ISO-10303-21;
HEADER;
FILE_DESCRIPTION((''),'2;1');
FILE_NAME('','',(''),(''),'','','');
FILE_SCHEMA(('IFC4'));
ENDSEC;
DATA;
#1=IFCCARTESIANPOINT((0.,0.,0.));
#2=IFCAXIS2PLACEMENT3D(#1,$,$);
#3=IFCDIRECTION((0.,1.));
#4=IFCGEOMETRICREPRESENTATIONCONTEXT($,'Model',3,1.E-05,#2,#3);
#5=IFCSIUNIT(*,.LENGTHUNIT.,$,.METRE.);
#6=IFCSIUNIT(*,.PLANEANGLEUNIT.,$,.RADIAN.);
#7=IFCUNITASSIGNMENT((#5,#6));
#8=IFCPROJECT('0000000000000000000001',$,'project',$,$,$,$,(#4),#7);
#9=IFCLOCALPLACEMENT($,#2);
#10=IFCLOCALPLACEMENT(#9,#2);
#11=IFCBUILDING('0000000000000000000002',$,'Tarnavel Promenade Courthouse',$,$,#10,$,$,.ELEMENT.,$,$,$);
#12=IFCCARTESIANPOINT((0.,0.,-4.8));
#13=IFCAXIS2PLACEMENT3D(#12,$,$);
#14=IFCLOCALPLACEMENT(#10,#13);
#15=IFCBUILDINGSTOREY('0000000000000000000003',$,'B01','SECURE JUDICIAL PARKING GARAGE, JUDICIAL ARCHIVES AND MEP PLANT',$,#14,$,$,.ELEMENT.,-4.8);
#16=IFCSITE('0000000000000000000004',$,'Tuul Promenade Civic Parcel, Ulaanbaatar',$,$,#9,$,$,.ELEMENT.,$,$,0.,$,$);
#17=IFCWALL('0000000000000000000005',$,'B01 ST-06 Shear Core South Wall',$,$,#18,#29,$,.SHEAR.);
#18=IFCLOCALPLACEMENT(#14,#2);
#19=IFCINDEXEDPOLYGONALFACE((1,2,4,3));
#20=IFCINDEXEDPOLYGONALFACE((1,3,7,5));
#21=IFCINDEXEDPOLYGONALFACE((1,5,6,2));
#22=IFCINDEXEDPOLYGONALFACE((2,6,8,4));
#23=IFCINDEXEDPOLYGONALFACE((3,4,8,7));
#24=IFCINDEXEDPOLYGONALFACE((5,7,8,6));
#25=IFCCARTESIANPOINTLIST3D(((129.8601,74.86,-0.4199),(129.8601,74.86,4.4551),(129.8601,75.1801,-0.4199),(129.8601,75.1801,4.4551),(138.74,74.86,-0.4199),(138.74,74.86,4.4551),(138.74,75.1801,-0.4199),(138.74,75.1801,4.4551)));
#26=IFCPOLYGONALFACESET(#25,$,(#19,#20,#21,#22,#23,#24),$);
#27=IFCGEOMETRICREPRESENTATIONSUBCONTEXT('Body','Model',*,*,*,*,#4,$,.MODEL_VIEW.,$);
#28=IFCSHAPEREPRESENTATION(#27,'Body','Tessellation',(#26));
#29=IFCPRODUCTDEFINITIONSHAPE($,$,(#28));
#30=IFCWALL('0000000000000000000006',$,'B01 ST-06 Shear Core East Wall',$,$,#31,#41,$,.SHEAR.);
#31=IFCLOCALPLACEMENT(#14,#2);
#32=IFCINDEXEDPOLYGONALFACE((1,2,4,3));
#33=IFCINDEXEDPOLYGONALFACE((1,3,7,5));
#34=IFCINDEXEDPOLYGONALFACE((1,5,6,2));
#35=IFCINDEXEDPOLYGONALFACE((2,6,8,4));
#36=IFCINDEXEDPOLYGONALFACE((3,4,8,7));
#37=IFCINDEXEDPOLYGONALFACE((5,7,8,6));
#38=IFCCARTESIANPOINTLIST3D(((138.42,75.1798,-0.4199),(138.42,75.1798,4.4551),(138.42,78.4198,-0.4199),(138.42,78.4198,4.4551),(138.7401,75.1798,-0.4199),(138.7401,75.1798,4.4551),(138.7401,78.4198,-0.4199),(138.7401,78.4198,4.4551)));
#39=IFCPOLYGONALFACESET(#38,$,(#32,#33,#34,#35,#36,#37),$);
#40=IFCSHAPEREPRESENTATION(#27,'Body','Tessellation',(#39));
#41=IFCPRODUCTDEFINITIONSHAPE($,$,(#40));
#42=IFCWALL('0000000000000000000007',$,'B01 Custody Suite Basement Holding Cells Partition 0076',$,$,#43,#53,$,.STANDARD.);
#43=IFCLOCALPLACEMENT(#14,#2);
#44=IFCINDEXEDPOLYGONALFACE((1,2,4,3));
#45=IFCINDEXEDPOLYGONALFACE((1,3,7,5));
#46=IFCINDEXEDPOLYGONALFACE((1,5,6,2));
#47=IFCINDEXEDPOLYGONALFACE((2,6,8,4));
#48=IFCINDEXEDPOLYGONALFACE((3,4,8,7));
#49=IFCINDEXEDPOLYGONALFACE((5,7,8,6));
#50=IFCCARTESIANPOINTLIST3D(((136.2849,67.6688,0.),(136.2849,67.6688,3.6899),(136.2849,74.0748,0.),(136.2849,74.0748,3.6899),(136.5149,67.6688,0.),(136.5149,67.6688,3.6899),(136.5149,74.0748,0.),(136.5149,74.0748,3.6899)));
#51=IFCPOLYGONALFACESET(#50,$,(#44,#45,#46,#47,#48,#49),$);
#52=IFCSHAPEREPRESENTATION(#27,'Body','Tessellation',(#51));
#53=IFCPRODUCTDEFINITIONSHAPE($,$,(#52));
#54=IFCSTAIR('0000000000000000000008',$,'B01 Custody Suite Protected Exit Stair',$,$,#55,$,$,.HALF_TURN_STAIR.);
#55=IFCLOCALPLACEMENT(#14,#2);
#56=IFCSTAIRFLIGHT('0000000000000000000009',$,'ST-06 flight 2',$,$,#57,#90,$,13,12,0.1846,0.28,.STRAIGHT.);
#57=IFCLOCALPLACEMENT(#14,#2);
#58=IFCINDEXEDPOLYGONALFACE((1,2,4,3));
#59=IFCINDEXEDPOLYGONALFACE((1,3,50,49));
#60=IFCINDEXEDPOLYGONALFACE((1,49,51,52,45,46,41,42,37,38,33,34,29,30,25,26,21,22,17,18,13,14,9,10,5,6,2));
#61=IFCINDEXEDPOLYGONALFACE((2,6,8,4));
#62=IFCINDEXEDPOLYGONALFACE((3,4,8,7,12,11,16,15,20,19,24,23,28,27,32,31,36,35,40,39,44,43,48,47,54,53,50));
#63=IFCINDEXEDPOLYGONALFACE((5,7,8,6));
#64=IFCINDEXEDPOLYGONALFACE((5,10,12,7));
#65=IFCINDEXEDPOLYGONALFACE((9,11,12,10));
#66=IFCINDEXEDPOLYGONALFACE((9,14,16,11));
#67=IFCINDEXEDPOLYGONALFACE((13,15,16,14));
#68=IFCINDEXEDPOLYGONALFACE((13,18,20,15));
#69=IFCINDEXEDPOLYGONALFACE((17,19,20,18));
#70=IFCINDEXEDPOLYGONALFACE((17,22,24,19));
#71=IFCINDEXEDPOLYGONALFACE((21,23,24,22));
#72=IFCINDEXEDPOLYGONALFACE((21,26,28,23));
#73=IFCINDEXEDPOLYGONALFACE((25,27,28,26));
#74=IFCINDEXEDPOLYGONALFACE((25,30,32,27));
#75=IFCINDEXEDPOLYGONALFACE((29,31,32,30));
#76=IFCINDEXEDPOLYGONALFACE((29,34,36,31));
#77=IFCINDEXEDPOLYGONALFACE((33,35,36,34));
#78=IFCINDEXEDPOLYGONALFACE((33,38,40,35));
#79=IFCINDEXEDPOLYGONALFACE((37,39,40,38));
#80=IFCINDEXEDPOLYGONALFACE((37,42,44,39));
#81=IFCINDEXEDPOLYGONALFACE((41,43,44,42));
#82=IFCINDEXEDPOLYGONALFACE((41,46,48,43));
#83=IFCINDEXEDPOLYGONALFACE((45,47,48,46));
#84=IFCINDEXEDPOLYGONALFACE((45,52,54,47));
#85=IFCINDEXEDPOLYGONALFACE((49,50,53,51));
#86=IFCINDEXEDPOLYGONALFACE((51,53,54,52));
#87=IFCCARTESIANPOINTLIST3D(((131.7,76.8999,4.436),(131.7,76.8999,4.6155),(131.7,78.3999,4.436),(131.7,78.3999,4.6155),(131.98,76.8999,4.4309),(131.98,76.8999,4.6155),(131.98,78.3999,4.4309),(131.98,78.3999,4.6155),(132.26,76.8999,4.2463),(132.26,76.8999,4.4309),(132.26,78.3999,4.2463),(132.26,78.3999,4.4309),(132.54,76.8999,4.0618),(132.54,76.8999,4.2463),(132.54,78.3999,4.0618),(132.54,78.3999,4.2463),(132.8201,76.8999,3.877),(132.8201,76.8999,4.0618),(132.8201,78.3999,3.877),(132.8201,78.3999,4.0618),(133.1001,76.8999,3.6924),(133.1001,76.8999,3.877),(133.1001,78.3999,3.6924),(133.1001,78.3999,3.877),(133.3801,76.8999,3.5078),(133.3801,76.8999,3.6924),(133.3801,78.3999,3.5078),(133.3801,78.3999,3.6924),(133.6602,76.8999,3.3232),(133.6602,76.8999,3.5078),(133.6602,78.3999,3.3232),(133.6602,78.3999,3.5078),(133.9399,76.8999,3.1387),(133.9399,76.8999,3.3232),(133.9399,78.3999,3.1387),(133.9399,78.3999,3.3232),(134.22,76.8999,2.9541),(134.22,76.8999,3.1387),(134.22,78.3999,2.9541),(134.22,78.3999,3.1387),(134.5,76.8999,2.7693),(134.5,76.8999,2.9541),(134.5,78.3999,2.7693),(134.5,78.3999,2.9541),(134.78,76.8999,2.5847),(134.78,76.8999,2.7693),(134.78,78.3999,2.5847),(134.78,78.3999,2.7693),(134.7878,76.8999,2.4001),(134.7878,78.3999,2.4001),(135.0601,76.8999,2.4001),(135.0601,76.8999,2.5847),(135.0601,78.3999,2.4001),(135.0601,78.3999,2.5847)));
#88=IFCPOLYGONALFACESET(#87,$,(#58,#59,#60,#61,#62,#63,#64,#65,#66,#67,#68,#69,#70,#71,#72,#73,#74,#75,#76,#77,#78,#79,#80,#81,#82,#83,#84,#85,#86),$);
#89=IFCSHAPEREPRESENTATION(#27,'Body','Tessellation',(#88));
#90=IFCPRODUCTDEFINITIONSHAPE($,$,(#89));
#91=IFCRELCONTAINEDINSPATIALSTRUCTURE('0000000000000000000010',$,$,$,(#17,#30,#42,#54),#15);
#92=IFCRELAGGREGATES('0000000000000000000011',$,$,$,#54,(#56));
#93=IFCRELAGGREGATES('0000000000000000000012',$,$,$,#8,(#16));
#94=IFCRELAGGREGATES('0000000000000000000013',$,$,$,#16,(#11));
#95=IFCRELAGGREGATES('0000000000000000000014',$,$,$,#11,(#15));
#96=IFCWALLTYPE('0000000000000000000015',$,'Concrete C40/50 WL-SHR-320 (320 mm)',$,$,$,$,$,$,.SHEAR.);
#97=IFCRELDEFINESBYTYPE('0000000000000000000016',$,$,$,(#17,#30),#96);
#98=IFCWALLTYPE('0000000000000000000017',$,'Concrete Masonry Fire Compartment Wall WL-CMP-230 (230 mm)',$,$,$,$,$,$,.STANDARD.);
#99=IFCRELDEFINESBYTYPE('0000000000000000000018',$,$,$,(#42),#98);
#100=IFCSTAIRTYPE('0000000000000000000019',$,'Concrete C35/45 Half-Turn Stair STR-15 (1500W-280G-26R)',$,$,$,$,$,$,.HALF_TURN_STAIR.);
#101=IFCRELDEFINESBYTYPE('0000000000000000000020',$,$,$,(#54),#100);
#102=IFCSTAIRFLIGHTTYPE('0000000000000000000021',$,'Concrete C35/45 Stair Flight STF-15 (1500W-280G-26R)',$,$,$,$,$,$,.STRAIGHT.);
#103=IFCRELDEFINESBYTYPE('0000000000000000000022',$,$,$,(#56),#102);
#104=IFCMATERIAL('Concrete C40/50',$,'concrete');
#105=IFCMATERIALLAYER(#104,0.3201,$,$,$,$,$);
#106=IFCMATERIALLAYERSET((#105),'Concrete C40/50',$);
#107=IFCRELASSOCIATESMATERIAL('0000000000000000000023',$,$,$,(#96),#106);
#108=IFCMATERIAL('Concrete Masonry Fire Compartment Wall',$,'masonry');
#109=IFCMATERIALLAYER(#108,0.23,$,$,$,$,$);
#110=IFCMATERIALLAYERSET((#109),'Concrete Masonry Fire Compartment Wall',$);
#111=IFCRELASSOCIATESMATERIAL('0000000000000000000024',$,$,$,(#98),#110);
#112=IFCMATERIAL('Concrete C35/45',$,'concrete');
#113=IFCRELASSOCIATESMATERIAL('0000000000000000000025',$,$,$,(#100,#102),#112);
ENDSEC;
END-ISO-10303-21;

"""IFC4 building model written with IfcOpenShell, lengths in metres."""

from ifc_helpers import new_model, si_unit, direction, frame, frame_2d, origin, place, context, subcontext, project, spatial, polyline, rectangle, outline, extrude, material, layer, layer_set, type_object, element, aggregate, save


model = new_model("IFC4")

# Units and contexts
model_context = context("Model", 3, precision=1e-05, world=origin(), true_north=direction((0.0, 1.0)))
body_context = subcontext(model_context, "Body", "Model", "MODEL_VIEW")
ifc_project = project(units=[si_unit("LENGTHUNIT", "METRE"), si_unit("PLANEANGLEUNIT", "RADIAN")], contexts=[model_context])

# Site, building, storey
site_placement = place(None, origin())
site = spatial("IfcSite", under=ifc_project, at=site_placement, Name="Tuul Promenade Civic Parcel, Ulaanbaatar", CompositionType="ELEMENT", RefElevation=0.0)
building_placement = place(site_placement, origin())
building = spatial("IfcBuilding", under=site, at=building_placement, Name="Tarnavel Promenade Courthouse", CompositionType="ELEMENT")
storey_placement = place(building_placement, frame((0.0, 0.0, -4.8)))
storey = spatial("IfcBuildingStorey", under=building, at=storey_placement, Name="B01", Description="SECURE JUDICIAL PARKING GARAGE, JUDICIAL ARCHIVES AND MEP PLANT", CompositionType="ELEMENT", Elevation=-4.8)

# Shared definitions
ifc_material_1 = material(Name="Concrete C35/45", Category="concrete")

# Shared definitions
ifc_material_2 = material(Name="Concrete C40/50", Category="concrete")

# Walls
ifc_layer_1 = layer(ifc_material_2, 0.3201)
ifc_layer_set_1 = layer_set([ifc_layer_1], Name="Concrete C40/50")
wall_type_1 = type_object("IfcWallType", Name="Concrete C40/50 WL-SHR-320 (320 mm)", PredefinedType="SHEAR", material=ifc_layer_set_1)
wall_1_placement = place(storey_placement, frame((138.74, 75.02, -0.4199), z_axis=(0.0, 0.0, 1.0), x_axis=(-1.0, 0.0, 0.0)))
element("IfcWall", 1, at=wall_1_placement, inside=storey, type_object=wall_type_1, Name="B01 ST-06 Shear Core South Wall", PredefinedType="SHEAR", context=body_context, shape_type="SweptSolid", body=[
    extrude(rectangle(XDim=8.8799, YDim=0.3201, at=frame_2d((4.4399, 0.0))), origin(), (0.0, 0.0, 1.0), 4.875),
])
wall_2_placement = place(storey_placement, frame((138.5801, 78.4199, -0.4199), z_axis=(0.0, 0.0, 1.0), x_axis=(0.0, -1.0, 0.0)))
element("IfcWall", 2, at=wall_2_placement, inside=storey, type_object=wall_type_1, Name="B01 ST-06 Shear Core East Wall", PredefinedType="SHEAR", context=body_context, shape_type="SweptSolid", body=[
    extrude(rectangle(XDim=3.24, YDim=0.3201, at=frame_2d((1.6201, 0.0))), origin(), (0.0, 0.0, 1.0), 4.875),
])
ifc_material_3 = material(Name="Concrete Masonry Fire Compartment Wall", Category="masonry")
ifc_layer_2 = layer(ifc_material_3, 0.23)
ifc_layer_set_2 = layer_set([ifc_layer_2], Name="Concrete Masonry Fire Compartment Wall")
wall_type_2 = type_object("IfcWallType", Name="Concrete Masonry Fire Compartment Wall WL-CMP-230 (230 mm)", PredefinedType="STANDARD", material=ifc_layer_set_2)
wall_3_placement = place(storey_placement, frame((136.3999, 74.075, 0.0), z_axis=(0.0, 0.0, 1.0), x_axis=(0.0, -1.0, 0.0)))
element("IfcWall", 3, at=wall_3_placement, inside=storey, type_object=wall_type_2, Name="B01 Custody Suite Basement Holding Cells Partition 0076", PredefinedType="STANDARD", context=body_context, shape_type="SweptSolid", body=[
    extrude(rectangle(XDim=6.406, YDim=0.23, at=frame_2d((3.2031, 0.0))), origin(), (0.0, 0.0, 1.0), 3.6899),
])

# Stair, stair flight
stair_type = type_object("IfcStairType", Name="Concrete C35/45 Half-Turn Stair STR-15 (1500W-280G-26R)", PredefinedType="HALF_TURN_STAIR", material=ifc_material_1)
stair_placement = place(storey_placement, origin())
stair = element("IfcStair", 4, at=stair_placement, inside=storey, type_object=stair_type, Name="B01 Custody Suite Protected Exit Stair", PredefinedType="HALF_TURN_STAIR")
stair_flight_type = type_object("IfcStairFlightType", Name="Concrete C35/45 Stair Flight STF-15 (1500W-280G-26R)", PredefinedType="STRAIGHT", material=ifc_material_1)
stair_flight_placement = place(storey_placement, frame((135.0601, 77.6499, 2.4001), z_axis=(0.0, 0.0, 1.0), x_axis=(-1.0, 0.0, 0.0)))
stair_flight = element("IfcStairFlight", 5, at=stair_flight_placement, type_object=stair_flight_type, Name="ST-06 flight 2", NumberOfRisers=13, NumberOfTreads=12, PredefinedType="STRAIGHT", RiserHeight=0.1846, TreadLength=0.28, context=body_context, shape_type="SweptSolid", body=[
    extrude(outline(polyline([(0.0, 0.0), (0.0, 0.1846), (0.28, 0.1846), (0.28, 0.3691), (0.5601, 0.3691), (0.5601, 0.554), (0.8401, 0.554), (0.8401, 0.7385), (1.1201, 0.7385), (1.1201, 0.9231), (1.3999, 0.9231), (1.3999, 1.1077), (1.6799, 1.1077), (1.6799, 1.2922), (1.96, 1.2922), (1.96, 1.4768), (2.24, 1.4768), (2.24, 1.6616), (2.52, 1.6616), (2.52, 1.8462), (2.8, 1.8462), (2.8, 2.0308), (3.0801, 2.0308), (3.0801, 2.2153), (3.3601, 2.2153), (3.3601, 2.3999), (3.3601, 2.0359), (0.2722, 0.0), (0.0, 0.0)])), frame((0.0, 0.75, 0.0), z_axis=(0.0, -1.0, 0.0), x_axis=(1.0, 0.0, 0.0)), (0.0, 0.0, 1.0), 1.5),
])
aggregate(stair, [stair_flight])

save(model, "model.ifc")
